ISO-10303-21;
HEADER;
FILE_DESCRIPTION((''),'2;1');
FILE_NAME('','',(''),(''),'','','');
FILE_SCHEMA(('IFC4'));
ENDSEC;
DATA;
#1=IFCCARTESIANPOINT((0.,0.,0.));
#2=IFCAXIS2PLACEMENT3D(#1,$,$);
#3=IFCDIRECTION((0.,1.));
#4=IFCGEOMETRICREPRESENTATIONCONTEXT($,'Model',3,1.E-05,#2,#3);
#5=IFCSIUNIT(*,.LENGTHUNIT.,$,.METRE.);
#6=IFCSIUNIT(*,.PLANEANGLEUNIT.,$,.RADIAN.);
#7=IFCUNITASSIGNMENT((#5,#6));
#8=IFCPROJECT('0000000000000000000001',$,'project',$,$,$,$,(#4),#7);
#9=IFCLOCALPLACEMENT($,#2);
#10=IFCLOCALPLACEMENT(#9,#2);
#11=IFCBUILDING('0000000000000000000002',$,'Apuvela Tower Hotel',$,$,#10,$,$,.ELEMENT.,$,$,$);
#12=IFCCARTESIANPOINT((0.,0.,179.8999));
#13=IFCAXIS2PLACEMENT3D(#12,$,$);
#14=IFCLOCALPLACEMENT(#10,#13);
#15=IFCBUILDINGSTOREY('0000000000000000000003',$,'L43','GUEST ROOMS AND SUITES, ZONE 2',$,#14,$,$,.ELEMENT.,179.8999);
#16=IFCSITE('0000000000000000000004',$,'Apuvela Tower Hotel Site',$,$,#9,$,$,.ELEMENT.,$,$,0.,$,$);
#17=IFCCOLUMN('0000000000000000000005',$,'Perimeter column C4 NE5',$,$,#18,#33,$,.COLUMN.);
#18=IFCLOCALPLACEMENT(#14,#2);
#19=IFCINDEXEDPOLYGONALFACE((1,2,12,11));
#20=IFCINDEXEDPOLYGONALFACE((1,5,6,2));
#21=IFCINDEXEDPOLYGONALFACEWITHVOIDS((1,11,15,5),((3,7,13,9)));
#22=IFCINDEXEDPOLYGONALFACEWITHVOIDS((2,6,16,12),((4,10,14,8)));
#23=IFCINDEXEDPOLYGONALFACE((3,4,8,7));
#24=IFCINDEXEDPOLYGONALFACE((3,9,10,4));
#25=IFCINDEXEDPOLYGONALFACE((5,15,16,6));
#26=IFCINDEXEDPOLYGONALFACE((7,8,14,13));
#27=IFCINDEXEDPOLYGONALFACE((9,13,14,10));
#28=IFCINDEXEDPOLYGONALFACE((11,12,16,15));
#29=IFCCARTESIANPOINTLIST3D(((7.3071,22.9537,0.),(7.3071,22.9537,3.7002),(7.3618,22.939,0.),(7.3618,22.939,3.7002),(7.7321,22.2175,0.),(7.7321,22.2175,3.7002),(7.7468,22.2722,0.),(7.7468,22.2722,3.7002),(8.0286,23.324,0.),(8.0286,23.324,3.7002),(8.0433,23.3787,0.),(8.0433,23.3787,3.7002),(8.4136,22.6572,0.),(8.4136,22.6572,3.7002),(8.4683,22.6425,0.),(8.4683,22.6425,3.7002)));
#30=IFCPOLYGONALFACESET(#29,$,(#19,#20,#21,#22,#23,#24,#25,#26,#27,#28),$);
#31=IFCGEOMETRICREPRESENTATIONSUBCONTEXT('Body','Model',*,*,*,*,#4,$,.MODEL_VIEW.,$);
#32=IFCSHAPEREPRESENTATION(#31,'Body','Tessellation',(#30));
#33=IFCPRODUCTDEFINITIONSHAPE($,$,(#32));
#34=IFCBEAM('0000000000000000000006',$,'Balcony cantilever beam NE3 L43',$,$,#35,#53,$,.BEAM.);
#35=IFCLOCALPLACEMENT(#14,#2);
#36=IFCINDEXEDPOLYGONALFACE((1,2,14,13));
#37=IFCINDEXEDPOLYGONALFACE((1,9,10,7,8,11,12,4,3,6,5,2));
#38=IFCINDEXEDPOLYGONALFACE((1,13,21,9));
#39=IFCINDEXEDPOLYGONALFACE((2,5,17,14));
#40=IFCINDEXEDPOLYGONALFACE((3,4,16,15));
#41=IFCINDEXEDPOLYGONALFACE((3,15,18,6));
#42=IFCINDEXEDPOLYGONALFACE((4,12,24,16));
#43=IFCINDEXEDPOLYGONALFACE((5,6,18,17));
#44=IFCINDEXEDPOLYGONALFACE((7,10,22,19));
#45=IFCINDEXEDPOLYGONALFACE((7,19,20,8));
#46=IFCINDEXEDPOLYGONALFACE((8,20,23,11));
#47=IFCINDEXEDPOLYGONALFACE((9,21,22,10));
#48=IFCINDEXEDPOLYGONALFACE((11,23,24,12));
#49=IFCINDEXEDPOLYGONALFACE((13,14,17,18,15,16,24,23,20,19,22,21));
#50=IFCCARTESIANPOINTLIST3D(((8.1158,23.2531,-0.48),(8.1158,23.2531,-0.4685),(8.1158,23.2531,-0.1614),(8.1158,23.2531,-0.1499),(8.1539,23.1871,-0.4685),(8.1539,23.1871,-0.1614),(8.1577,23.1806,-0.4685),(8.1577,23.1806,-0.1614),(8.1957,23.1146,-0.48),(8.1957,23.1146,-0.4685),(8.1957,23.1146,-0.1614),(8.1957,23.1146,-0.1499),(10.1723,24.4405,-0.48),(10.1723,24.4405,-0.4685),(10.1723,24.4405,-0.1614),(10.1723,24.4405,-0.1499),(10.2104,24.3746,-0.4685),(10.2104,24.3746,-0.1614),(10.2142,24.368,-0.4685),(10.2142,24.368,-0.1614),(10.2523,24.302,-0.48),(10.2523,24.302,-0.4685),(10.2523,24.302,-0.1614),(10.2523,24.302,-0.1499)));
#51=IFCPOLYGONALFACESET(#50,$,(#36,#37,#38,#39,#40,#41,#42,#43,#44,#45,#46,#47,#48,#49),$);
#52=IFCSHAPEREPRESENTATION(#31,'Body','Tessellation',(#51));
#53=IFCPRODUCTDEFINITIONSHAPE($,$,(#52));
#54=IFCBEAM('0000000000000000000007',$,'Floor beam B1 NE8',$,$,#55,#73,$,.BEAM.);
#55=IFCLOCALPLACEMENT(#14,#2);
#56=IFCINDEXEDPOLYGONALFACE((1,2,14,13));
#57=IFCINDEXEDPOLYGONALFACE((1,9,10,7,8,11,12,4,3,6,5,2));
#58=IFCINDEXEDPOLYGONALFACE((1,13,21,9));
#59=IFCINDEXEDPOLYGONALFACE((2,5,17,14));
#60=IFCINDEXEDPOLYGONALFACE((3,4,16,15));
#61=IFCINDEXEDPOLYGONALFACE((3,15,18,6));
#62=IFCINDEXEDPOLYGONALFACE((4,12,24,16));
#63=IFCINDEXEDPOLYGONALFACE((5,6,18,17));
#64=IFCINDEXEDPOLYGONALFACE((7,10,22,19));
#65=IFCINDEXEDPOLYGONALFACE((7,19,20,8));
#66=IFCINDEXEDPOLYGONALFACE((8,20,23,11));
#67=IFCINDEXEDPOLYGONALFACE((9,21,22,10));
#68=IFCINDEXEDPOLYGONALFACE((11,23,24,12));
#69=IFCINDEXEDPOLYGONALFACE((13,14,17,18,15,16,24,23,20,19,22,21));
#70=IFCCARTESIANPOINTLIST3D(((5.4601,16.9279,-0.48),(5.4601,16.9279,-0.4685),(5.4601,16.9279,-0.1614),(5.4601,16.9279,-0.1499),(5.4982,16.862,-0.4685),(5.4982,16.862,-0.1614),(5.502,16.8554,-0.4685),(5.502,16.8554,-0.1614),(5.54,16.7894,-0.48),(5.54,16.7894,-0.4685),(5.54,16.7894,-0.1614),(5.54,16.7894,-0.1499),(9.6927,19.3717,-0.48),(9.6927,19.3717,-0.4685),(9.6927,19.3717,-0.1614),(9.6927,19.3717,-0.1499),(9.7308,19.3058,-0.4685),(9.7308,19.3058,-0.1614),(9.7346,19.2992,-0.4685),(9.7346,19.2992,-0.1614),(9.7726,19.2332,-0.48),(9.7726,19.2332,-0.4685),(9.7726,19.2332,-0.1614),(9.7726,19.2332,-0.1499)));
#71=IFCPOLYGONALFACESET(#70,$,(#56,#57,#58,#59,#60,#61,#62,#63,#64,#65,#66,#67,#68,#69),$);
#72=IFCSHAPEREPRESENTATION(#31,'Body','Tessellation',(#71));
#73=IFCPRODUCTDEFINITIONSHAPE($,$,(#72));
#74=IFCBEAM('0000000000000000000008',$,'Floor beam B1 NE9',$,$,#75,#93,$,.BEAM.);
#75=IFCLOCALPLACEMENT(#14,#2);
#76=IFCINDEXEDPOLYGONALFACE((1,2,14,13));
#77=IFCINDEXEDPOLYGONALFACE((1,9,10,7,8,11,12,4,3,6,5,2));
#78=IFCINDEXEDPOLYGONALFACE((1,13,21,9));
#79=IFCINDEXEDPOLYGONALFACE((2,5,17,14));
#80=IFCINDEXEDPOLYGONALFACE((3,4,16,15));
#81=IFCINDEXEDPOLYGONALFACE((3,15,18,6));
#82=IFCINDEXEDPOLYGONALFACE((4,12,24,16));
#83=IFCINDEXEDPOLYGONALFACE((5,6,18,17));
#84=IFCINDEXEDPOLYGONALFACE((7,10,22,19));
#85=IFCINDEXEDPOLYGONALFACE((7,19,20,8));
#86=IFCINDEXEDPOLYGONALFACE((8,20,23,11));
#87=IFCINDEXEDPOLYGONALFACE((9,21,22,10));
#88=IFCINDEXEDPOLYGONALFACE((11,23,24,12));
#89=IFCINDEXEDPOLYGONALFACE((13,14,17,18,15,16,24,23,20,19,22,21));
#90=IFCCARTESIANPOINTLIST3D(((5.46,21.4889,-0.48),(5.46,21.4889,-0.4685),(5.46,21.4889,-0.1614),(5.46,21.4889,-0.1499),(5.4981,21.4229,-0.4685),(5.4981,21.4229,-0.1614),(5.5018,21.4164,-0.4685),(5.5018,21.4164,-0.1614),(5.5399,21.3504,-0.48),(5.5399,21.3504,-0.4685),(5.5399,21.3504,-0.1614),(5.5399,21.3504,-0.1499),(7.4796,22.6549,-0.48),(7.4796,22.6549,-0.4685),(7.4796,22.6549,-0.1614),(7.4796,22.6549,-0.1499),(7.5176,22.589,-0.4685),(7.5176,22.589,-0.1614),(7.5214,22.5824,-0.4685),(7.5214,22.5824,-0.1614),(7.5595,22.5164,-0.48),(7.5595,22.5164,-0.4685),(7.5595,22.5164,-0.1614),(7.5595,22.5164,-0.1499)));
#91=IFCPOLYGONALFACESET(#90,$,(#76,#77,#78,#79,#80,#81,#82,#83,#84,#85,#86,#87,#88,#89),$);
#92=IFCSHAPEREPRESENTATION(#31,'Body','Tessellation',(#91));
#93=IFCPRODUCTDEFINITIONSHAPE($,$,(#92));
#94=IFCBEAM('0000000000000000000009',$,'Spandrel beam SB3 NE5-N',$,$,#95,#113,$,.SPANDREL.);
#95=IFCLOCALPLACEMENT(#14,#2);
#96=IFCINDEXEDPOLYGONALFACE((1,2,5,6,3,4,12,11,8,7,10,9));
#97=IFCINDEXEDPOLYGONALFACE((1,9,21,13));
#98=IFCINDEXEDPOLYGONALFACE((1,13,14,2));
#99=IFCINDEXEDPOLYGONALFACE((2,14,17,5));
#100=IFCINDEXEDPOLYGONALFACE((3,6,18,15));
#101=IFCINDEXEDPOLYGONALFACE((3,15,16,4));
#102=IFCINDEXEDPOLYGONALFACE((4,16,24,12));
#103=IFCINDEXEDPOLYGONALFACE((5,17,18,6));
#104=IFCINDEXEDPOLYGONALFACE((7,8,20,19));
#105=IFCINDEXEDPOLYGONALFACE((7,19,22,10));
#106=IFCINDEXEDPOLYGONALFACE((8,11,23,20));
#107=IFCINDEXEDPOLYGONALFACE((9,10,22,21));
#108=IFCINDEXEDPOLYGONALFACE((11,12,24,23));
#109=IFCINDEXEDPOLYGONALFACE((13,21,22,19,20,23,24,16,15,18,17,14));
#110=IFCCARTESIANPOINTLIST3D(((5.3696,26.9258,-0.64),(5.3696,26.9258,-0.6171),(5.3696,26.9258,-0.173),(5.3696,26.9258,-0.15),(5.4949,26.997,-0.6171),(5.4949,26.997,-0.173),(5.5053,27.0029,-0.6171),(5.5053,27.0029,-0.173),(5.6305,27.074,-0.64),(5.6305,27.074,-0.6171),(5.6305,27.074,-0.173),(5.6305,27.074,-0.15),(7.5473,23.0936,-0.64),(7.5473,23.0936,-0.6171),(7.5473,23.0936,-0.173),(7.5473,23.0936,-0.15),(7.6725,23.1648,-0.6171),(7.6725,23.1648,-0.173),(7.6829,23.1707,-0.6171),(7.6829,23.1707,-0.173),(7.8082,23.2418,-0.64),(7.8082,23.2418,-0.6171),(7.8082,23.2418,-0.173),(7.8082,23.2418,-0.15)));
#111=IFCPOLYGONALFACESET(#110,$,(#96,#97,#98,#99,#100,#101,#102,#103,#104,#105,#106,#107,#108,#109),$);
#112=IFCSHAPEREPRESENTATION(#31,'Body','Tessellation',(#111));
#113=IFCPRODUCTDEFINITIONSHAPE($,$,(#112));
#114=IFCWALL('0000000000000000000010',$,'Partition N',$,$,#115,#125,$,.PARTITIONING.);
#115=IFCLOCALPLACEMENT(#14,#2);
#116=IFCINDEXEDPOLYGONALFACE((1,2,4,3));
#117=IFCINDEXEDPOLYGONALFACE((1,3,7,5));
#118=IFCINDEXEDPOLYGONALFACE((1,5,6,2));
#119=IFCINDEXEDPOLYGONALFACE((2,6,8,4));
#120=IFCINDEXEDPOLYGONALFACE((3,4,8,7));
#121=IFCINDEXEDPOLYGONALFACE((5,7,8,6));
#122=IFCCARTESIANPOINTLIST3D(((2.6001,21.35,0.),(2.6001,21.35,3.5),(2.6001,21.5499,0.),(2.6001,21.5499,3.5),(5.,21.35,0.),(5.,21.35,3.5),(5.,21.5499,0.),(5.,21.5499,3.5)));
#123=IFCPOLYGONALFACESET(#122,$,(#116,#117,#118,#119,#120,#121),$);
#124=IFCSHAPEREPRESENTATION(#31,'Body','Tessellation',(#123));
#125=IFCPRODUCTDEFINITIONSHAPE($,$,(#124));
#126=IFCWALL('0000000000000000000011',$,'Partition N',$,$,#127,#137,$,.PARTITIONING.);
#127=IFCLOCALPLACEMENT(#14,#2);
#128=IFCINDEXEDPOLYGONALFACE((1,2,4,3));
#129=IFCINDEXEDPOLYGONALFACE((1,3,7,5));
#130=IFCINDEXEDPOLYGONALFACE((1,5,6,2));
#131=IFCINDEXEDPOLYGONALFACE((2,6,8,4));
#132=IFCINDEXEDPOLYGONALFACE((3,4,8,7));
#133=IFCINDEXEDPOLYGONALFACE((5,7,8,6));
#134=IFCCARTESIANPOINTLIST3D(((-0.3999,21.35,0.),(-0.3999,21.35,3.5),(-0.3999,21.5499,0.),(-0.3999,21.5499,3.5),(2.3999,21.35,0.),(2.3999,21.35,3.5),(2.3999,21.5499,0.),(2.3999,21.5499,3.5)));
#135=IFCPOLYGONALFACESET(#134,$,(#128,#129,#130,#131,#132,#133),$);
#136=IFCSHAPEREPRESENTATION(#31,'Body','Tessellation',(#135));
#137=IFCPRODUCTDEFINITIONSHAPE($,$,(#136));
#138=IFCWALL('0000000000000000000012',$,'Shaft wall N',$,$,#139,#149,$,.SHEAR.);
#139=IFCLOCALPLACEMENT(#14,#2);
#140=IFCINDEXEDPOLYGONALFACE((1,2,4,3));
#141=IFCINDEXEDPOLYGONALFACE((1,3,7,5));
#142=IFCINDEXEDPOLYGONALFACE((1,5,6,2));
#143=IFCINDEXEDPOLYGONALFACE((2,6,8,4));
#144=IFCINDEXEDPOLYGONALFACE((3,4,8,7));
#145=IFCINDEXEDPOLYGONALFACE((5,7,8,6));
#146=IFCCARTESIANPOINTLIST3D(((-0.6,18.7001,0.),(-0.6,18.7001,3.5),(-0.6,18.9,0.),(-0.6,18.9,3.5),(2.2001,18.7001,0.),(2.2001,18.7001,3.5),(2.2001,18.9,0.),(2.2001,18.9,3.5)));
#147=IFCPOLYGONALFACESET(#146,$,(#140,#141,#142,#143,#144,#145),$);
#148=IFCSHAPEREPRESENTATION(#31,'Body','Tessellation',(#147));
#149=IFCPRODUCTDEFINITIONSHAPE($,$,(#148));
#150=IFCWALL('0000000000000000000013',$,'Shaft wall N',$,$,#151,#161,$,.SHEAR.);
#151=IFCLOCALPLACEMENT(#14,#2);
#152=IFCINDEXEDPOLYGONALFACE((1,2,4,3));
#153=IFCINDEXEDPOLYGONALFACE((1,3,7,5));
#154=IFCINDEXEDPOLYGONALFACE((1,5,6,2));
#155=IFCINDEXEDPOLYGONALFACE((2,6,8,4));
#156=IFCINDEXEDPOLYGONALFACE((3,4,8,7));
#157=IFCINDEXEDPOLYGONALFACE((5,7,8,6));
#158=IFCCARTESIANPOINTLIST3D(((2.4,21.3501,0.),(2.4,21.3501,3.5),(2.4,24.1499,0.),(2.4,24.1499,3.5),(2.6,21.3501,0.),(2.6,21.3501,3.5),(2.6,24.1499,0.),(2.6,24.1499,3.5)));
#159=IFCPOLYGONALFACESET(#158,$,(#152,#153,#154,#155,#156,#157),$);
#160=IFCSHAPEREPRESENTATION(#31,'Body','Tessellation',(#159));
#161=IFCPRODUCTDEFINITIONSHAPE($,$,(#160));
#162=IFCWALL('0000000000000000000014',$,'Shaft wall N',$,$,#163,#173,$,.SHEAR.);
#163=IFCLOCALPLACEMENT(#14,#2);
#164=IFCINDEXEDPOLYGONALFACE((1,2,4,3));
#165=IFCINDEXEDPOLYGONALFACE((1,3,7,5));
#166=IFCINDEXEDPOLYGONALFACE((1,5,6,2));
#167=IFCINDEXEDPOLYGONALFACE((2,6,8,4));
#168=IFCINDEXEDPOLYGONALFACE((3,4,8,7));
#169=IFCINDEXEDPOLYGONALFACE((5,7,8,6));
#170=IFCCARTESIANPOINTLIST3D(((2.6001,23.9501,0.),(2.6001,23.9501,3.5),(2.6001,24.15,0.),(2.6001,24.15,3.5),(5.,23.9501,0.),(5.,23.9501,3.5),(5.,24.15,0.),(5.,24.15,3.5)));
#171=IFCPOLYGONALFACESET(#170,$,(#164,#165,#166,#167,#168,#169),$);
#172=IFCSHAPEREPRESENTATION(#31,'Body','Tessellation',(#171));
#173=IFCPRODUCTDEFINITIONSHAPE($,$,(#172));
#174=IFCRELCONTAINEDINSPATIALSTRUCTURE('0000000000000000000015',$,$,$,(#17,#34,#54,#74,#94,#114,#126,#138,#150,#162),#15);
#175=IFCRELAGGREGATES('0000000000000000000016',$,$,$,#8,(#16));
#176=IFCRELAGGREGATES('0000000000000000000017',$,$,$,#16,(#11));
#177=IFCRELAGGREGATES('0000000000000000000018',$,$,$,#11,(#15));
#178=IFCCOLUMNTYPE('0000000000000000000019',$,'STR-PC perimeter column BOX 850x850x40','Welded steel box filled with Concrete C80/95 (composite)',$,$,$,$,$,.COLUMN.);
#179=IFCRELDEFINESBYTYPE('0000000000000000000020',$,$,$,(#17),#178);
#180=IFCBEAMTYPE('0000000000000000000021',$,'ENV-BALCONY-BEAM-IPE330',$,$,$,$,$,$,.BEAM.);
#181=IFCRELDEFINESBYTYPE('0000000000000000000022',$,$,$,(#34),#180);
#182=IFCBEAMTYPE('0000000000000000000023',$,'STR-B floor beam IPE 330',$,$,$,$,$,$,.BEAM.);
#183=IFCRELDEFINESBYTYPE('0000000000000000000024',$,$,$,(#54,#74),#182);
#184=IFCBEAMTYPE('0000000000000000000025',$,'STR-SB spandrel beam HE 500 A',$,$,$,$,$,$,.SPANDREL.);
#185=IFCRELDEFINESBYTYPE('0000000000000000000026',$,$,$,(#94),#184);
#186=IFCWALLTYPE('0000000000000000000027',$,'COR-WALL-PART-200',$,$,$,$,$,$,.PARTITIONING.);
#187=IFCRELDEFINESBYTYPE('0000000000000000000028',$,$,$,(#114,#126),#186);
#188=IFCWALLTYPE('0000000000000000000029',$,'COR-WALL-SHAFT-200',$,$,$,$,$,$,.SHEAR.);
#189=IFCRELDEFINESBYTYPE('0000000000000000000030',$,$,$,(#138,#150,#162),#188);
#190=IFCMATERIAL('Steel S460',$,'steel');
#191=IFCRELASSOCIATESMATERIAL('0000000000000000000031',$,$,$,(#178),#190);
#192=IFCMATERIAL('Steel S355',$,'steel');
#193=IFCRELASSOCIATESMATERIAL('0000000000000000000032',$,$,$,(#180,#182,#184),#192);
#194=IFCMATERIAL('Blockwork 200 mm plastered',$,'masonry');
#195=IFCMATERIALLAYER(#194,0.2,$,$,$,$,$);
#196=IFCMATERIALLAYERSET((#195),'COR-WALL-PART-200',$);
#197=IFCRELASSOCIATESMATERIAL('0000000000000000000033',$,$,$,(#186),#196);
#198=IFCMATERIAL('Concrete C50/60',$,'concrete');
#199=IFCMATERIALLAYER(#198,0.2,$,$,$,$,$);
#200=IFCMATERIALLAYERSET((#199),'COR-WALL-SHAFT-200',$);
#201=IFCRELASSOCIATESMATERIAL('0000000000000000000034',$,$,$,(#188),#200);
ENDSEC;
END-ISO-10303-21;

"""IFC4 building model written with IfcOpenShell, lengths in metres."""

from ifc_helpers import new_model, si_unit, direction, frame, frame_2d, origin, origin_2d, place, context, subcontext, project, spatial, rectangle, hollow_rectangle, i_section, extrude, material, layer, layer_set, material_profile, profile_set, type_object, element, save


model = new_model("IFC4")

# Units and contexts
model_context = context("Model", 3, precision=1e-05, world=origin(), true_north=direction((0.0, 1.0)))
body_context = subcontext(model_context, "Body", "Model", "MODEL_VIEW")
ifc_project = project(units=[si_unit("LENGTHUNIT", "METRE"), si_unit("PLANEANGLEUNIT", "RADIAN")], contexts=[model_context])

# Site, building, storey
site_placement = place(None, origin())
site = spatial("IfcSite", under=ifc_project, at=site_placement, Name="Apuvela Tower Hotel Site", CompositionType="ELEMENT", RefElevation=0.0)
building_placement = place(site_placement, origin())
building = spatial("IfcBuilding", under=site, at=building_placement, Name="Apuvela Tower Hotel", CompositionType="ELEMENT")
storey_placement = place(building_placement, frame((0.0, 0.0, 179.8999)))
storey = spatial("IfcBuildingStorey", under=building, at=storey_placement, Name="L43", Description="GUEST ROOMS AND SUITES, ZONE 2", CompositionType="ELEMENT", Elevation=179.8999)

# Column
ifc_material_1 = material(Name="Steel S460", Category="steel")
ifc_material_profile_1 = material_profile(ifc_material_1, hollow_rectangle(XDim=0.8501, YDim=0.8501, WallThickness=0.04, at=origin_2d()), Name="BOX 850x850x40")
ifc_material_2 = material(Name="Concrete C80/95", Category="concrete")
ifc_material_profile_2 = material_profile(ifc_material_2, rectangle(XDim=0.77, YDim=0.77, at=origin_2d()), Name="Concrete C80/95 infill")
ifc_profile_set_1 = profile_set([ifc_material_profile_1, ifc_material_profile_2], Name="Steel S460")
column_type = type_object("IfcColumnType", Name="STR-PC perimeter column BOX 850x850x40", Description="Welded steel box filled with Concrete C80/95 (composite)", PredefinedType="COLUMN", material=ifc_profile_set_1)
column_placement = place(storey_placement, frame((7.8877, 22.7981, 0.0), z_axis=(0.0, 0.0, 1.0), x_axis=(-0.5, 0.866025, 0.0)))
element("IfcColumn", 1, at=column_placement, inside=storey, type_object=column_type, Name="Perimeter column C4 NE5", PredefinedType="COLUMN", context=body_context, shape_type="SweptSolid", body=[
    extrude(hollow_rectangle(XDim=0.8501, YDim=0.8501, WallThickness=0.04, at=origin_2d()), origin(), (0.0, 0.0, 1.0), 3.7002),
])

# Beams
ifc_material_3 = material(Name="Steel S355", Category="steel")
ifc_material_profile_3 = material_profile(ifc_material_3, i_section(OverallWidth=0.1599, OverallDepth=0.3301, WebThickness=0.0076, FlangeThickness=0.0115, at=origin_2d()), Name="IPE 330")
ifc_profile_set_2 = profile_set([ifc_material_profile_3], Name="Steel S355")
beam_type_1 = type_object("IfcBeamType", Name="ENV-BALCONY-BEAM-IPE330", PredefinedType="BEAM", material=ifc_profile_set_2)
beam_1_placement = place(storey_placement, frame((8.1558, 23.1838, -0.3149), z_axis=(0.866008, 0.500031, 0.0), x_axis=(-0.500031, 0.866008, 0.0)))
element("IfcBeam", 2, at=beam_1_placement, inside=storey, type_object=beam_type_1, Name="Balcony cantilever beam NE3 L43", PredefinedType="BEAM", context=body_context, shape_type="SweptSolid", body=[
    extrude(i_section(OverallWidth=0.1599, OverallDepth=0.3301, WebThickness=0.0076, FlangeThickness=0.0115, at=origin_2d()), origin(), (0.0, 0.0, 1.0), 2.3748),
])
ifc_material_profile_4 = material_profile(ifc_material_3, i_section(OverallWidth=0.1599, OverallDepth=0.3301, WebThickness=0.0076, FlangeThickness=0.0115, at=origin_2d()), Name="IPE 330")
ifc_profile_set_3 = profile_set([ifc_material_profile_4], Name="Steel S355")
beam_type_2 = type_object("IfcBeamType", Name="STR-B floor beam IPE 330", PredefinedType="BEAM", material=ifc_profile_set_3)
beam_2_placement = place(storey_placement, frame((9.7327, 19.3025, -0.3149), z_axis=(-0.866015, -0.500018, 0.0), x_axis=(0.500018, -0.866015, 0.0)))
element("IfcBeam", 3, at=beam_2_placement, inside=storey, type_object=beam_type_2, Name="Floor beam B1 NE8", PredefinedType="BEAM", context=body_context, shape_type="SweptSolid", body=[
    extrude(i_section(OverallWidth=0.1599, OverallDepth=0.3301, WebThickness=0.0076, FlangeThickness=0.0115, at=origin_2d()), origin(), (0.0, 0.0, 1.0), 4.8875),
])
beam_3_placement = place(storey_placement, frame((7.5195, 22.5857, -0.3149), z_axis=(-0.866018, -0.500012, 0.0), x_axis=(0.500012, -0.866018, 0.0)))
element("IfcBeam", 4, at=beam_3_placement, inside=storey, type_object=beam_type_2, Name="Floor beam B1 NE9", PredefinedType="BEAM", context=body_context, shape_type="SweptSolid", body=[
    extrude(i_section(OverallWidth=0.1599, OverallDepth=0.3301, WebThickness=0.0076, FlangeThickness=0.0115, at=origin_2d()), origin(), (0.0, 0.0, 1.0), 2.332),
])
ifc_material_profile_5 = material_profile(ifc_material_3, i_section(OverallWidth=0.3, OverallDepth=0.49, WebThickness=0.012, FlangeThickness=0.0229, at=origin_2d()), Name="HE 500 A")
ifc_profile_set_4 = profile_set([ifc_material_profile_5], Name="Steel S355")
beam_type_3 = type_object("IfcBeamType", Name="STR-SB spandrel beam HE 500 A", PredefinedType="SPANDREL", material=ifc_profile_set_4)
beam_4_placement = place(storey_placement, frame((7.6777, 23.1677, -0.395), z_axis=(-0.494062, 0.869427, 0.0), x_axis=(-0.869427, -0.494062, 0.0)))
element("IfcBeam", 5, at=beam_4_placement, inside=storey, type_object=beam_type_3, Name="Spandrel beam SB3 NE5-N", PredefinedType="SPANDREL", context=body_context, shape_type="SweptSolid", body=[
    extrude(i_section(OverallWidth=0.3, OverallDepth=0.49, WebThickness=0.012, FlangeThickness=0.0229, at=origin_2d()), origin(), (0.0, 0.0, 1.0), 4.4077),
])

# Walls
ifc_material_4 = material(Name="Blockwork 200 mm plastered", Category="masonry")
ifc_layer_1 = layer(ifc_material_4, 0.2)
ifc_layer_set_1 = layer_set([ifc_layer_1], Name="COR-WALL-PART-200")
wall_type_1 = type_object("IfcWallType", Name="COR-WALL-PART-200", PredefinedType="PARTITIONING", material=ifc_layer_set_1)
wall_1_placement = place(storey_placement, frame((5.0, 21.45, 0.0), z_axis=(0.0, 0.0, 1.0), x_axis=(-1.0, 0.0, 0.0)))
element("IfcWall", 6, at=wall_1_placement, inside=storey, type_object=wall_type_1, Name="Partition N", PredefinedType="PARTITIONING", context=body_context, shape_type="SweptSolid", body=[
    extrude(rectangle(XDim=2.3999, YDim=0.2, at=frame_2d((1.2, 0.0))), origin(), (0.0, 0.0, 1.0), 3.5),
])
wall_2_placement = place(storey_placement, frame((2.3999, 21.45, 0.0), z_axis=(0.0, 0.0, 1.0), x_axis=(-1.0, 0.0, 0.0)))
element("IfcWall", 7, at=wall_2_placement, inside=storey, type_object=wall_type_1, Name="Partition N", PredefinedType="PARTITIONING", context=body_context, shape_type="SweptSolid", body=[
    extrude(rectangle(XDim=2.7998, YDim=0.2, at=frame_2d((1.3999, 0.0))), origin(), (0.0, 0.0, 1.0), 3.5),
])
ifc_material_5 = material(Name="Concrete C50/60", Category="concrete")
ifc_layer_2 = layer(ifc_material_5, 0.2)
ifc_layer_set_2 = layer_set([ifc_layer_2], Name="COR-WALL-SHAFT-200")
wall_type_2 = type_object("IfcWallType", Name="COR-WALL-SHAFT-200", PredefinedType="SHEAR", material=ifc_layer_set_2)
wall_3_placement = place(storey_placement, frame((2.2, 18.8, 0.0), z_axis=(0.0, 0.0, 1.0), x_axis=(-1.0, 0.0, 0.0)))
element("IfcWall", 8, at=wall_3_placement, inside=storey, type_object=wall_type_2, Name="Shaft wall N", PredefinedType="SHEAR", context=body_context, shape_type="SweptSolid", body=[
    extrude(rectangle(XDim=2.8, YDim=0.2, at=frame_2d((1.3999, 0.0))), origin(), (0.0, 0.0, 1.0), 3.5),
])
wall_4_placement = place(storey_placement, frame((2.5, 21.3501, 0.0), z_axis=(0.0, 0.0, 1.0), x_axis=(0.0, 1.0, 0.0)))
element("IfcWall", 9, at=wall_4_placement, inside=storey, type_object=wall_type_2, Name="Shaft wall N", PredefinedType="SHEAR", context=body_context, shape_type="SweptSolid", body=[
    extrude(rectangle(XDim=2.7998, YDim=0.2, at=frame_2d((1.3999, 0.0))), origin(), (0.0, 0.0, 1.0), 3.5),
])
wall_5_placement = place(storey_placement, frame((5.0, 24.05, 0.0), z_axis=(0.0, 0.0, 1.0), x_axis=(-1.0, 0.0, 0.0)))
element("IfcWall", 10, at=wall_5_placement, inside=storey, type_object=wall_type_2, Name="Shaft wall N", PredefinedType="SHEAR", context=body_context, shape_type="SweptSolid", body=[
    extrude(rectangle(XDim=2.3999, YDim=0.2, at=frame_2d((1.2, 0.0))), origin(), (0.0, 0.0, 1.0), 3.5),
])

save(model, "model.ifc")
